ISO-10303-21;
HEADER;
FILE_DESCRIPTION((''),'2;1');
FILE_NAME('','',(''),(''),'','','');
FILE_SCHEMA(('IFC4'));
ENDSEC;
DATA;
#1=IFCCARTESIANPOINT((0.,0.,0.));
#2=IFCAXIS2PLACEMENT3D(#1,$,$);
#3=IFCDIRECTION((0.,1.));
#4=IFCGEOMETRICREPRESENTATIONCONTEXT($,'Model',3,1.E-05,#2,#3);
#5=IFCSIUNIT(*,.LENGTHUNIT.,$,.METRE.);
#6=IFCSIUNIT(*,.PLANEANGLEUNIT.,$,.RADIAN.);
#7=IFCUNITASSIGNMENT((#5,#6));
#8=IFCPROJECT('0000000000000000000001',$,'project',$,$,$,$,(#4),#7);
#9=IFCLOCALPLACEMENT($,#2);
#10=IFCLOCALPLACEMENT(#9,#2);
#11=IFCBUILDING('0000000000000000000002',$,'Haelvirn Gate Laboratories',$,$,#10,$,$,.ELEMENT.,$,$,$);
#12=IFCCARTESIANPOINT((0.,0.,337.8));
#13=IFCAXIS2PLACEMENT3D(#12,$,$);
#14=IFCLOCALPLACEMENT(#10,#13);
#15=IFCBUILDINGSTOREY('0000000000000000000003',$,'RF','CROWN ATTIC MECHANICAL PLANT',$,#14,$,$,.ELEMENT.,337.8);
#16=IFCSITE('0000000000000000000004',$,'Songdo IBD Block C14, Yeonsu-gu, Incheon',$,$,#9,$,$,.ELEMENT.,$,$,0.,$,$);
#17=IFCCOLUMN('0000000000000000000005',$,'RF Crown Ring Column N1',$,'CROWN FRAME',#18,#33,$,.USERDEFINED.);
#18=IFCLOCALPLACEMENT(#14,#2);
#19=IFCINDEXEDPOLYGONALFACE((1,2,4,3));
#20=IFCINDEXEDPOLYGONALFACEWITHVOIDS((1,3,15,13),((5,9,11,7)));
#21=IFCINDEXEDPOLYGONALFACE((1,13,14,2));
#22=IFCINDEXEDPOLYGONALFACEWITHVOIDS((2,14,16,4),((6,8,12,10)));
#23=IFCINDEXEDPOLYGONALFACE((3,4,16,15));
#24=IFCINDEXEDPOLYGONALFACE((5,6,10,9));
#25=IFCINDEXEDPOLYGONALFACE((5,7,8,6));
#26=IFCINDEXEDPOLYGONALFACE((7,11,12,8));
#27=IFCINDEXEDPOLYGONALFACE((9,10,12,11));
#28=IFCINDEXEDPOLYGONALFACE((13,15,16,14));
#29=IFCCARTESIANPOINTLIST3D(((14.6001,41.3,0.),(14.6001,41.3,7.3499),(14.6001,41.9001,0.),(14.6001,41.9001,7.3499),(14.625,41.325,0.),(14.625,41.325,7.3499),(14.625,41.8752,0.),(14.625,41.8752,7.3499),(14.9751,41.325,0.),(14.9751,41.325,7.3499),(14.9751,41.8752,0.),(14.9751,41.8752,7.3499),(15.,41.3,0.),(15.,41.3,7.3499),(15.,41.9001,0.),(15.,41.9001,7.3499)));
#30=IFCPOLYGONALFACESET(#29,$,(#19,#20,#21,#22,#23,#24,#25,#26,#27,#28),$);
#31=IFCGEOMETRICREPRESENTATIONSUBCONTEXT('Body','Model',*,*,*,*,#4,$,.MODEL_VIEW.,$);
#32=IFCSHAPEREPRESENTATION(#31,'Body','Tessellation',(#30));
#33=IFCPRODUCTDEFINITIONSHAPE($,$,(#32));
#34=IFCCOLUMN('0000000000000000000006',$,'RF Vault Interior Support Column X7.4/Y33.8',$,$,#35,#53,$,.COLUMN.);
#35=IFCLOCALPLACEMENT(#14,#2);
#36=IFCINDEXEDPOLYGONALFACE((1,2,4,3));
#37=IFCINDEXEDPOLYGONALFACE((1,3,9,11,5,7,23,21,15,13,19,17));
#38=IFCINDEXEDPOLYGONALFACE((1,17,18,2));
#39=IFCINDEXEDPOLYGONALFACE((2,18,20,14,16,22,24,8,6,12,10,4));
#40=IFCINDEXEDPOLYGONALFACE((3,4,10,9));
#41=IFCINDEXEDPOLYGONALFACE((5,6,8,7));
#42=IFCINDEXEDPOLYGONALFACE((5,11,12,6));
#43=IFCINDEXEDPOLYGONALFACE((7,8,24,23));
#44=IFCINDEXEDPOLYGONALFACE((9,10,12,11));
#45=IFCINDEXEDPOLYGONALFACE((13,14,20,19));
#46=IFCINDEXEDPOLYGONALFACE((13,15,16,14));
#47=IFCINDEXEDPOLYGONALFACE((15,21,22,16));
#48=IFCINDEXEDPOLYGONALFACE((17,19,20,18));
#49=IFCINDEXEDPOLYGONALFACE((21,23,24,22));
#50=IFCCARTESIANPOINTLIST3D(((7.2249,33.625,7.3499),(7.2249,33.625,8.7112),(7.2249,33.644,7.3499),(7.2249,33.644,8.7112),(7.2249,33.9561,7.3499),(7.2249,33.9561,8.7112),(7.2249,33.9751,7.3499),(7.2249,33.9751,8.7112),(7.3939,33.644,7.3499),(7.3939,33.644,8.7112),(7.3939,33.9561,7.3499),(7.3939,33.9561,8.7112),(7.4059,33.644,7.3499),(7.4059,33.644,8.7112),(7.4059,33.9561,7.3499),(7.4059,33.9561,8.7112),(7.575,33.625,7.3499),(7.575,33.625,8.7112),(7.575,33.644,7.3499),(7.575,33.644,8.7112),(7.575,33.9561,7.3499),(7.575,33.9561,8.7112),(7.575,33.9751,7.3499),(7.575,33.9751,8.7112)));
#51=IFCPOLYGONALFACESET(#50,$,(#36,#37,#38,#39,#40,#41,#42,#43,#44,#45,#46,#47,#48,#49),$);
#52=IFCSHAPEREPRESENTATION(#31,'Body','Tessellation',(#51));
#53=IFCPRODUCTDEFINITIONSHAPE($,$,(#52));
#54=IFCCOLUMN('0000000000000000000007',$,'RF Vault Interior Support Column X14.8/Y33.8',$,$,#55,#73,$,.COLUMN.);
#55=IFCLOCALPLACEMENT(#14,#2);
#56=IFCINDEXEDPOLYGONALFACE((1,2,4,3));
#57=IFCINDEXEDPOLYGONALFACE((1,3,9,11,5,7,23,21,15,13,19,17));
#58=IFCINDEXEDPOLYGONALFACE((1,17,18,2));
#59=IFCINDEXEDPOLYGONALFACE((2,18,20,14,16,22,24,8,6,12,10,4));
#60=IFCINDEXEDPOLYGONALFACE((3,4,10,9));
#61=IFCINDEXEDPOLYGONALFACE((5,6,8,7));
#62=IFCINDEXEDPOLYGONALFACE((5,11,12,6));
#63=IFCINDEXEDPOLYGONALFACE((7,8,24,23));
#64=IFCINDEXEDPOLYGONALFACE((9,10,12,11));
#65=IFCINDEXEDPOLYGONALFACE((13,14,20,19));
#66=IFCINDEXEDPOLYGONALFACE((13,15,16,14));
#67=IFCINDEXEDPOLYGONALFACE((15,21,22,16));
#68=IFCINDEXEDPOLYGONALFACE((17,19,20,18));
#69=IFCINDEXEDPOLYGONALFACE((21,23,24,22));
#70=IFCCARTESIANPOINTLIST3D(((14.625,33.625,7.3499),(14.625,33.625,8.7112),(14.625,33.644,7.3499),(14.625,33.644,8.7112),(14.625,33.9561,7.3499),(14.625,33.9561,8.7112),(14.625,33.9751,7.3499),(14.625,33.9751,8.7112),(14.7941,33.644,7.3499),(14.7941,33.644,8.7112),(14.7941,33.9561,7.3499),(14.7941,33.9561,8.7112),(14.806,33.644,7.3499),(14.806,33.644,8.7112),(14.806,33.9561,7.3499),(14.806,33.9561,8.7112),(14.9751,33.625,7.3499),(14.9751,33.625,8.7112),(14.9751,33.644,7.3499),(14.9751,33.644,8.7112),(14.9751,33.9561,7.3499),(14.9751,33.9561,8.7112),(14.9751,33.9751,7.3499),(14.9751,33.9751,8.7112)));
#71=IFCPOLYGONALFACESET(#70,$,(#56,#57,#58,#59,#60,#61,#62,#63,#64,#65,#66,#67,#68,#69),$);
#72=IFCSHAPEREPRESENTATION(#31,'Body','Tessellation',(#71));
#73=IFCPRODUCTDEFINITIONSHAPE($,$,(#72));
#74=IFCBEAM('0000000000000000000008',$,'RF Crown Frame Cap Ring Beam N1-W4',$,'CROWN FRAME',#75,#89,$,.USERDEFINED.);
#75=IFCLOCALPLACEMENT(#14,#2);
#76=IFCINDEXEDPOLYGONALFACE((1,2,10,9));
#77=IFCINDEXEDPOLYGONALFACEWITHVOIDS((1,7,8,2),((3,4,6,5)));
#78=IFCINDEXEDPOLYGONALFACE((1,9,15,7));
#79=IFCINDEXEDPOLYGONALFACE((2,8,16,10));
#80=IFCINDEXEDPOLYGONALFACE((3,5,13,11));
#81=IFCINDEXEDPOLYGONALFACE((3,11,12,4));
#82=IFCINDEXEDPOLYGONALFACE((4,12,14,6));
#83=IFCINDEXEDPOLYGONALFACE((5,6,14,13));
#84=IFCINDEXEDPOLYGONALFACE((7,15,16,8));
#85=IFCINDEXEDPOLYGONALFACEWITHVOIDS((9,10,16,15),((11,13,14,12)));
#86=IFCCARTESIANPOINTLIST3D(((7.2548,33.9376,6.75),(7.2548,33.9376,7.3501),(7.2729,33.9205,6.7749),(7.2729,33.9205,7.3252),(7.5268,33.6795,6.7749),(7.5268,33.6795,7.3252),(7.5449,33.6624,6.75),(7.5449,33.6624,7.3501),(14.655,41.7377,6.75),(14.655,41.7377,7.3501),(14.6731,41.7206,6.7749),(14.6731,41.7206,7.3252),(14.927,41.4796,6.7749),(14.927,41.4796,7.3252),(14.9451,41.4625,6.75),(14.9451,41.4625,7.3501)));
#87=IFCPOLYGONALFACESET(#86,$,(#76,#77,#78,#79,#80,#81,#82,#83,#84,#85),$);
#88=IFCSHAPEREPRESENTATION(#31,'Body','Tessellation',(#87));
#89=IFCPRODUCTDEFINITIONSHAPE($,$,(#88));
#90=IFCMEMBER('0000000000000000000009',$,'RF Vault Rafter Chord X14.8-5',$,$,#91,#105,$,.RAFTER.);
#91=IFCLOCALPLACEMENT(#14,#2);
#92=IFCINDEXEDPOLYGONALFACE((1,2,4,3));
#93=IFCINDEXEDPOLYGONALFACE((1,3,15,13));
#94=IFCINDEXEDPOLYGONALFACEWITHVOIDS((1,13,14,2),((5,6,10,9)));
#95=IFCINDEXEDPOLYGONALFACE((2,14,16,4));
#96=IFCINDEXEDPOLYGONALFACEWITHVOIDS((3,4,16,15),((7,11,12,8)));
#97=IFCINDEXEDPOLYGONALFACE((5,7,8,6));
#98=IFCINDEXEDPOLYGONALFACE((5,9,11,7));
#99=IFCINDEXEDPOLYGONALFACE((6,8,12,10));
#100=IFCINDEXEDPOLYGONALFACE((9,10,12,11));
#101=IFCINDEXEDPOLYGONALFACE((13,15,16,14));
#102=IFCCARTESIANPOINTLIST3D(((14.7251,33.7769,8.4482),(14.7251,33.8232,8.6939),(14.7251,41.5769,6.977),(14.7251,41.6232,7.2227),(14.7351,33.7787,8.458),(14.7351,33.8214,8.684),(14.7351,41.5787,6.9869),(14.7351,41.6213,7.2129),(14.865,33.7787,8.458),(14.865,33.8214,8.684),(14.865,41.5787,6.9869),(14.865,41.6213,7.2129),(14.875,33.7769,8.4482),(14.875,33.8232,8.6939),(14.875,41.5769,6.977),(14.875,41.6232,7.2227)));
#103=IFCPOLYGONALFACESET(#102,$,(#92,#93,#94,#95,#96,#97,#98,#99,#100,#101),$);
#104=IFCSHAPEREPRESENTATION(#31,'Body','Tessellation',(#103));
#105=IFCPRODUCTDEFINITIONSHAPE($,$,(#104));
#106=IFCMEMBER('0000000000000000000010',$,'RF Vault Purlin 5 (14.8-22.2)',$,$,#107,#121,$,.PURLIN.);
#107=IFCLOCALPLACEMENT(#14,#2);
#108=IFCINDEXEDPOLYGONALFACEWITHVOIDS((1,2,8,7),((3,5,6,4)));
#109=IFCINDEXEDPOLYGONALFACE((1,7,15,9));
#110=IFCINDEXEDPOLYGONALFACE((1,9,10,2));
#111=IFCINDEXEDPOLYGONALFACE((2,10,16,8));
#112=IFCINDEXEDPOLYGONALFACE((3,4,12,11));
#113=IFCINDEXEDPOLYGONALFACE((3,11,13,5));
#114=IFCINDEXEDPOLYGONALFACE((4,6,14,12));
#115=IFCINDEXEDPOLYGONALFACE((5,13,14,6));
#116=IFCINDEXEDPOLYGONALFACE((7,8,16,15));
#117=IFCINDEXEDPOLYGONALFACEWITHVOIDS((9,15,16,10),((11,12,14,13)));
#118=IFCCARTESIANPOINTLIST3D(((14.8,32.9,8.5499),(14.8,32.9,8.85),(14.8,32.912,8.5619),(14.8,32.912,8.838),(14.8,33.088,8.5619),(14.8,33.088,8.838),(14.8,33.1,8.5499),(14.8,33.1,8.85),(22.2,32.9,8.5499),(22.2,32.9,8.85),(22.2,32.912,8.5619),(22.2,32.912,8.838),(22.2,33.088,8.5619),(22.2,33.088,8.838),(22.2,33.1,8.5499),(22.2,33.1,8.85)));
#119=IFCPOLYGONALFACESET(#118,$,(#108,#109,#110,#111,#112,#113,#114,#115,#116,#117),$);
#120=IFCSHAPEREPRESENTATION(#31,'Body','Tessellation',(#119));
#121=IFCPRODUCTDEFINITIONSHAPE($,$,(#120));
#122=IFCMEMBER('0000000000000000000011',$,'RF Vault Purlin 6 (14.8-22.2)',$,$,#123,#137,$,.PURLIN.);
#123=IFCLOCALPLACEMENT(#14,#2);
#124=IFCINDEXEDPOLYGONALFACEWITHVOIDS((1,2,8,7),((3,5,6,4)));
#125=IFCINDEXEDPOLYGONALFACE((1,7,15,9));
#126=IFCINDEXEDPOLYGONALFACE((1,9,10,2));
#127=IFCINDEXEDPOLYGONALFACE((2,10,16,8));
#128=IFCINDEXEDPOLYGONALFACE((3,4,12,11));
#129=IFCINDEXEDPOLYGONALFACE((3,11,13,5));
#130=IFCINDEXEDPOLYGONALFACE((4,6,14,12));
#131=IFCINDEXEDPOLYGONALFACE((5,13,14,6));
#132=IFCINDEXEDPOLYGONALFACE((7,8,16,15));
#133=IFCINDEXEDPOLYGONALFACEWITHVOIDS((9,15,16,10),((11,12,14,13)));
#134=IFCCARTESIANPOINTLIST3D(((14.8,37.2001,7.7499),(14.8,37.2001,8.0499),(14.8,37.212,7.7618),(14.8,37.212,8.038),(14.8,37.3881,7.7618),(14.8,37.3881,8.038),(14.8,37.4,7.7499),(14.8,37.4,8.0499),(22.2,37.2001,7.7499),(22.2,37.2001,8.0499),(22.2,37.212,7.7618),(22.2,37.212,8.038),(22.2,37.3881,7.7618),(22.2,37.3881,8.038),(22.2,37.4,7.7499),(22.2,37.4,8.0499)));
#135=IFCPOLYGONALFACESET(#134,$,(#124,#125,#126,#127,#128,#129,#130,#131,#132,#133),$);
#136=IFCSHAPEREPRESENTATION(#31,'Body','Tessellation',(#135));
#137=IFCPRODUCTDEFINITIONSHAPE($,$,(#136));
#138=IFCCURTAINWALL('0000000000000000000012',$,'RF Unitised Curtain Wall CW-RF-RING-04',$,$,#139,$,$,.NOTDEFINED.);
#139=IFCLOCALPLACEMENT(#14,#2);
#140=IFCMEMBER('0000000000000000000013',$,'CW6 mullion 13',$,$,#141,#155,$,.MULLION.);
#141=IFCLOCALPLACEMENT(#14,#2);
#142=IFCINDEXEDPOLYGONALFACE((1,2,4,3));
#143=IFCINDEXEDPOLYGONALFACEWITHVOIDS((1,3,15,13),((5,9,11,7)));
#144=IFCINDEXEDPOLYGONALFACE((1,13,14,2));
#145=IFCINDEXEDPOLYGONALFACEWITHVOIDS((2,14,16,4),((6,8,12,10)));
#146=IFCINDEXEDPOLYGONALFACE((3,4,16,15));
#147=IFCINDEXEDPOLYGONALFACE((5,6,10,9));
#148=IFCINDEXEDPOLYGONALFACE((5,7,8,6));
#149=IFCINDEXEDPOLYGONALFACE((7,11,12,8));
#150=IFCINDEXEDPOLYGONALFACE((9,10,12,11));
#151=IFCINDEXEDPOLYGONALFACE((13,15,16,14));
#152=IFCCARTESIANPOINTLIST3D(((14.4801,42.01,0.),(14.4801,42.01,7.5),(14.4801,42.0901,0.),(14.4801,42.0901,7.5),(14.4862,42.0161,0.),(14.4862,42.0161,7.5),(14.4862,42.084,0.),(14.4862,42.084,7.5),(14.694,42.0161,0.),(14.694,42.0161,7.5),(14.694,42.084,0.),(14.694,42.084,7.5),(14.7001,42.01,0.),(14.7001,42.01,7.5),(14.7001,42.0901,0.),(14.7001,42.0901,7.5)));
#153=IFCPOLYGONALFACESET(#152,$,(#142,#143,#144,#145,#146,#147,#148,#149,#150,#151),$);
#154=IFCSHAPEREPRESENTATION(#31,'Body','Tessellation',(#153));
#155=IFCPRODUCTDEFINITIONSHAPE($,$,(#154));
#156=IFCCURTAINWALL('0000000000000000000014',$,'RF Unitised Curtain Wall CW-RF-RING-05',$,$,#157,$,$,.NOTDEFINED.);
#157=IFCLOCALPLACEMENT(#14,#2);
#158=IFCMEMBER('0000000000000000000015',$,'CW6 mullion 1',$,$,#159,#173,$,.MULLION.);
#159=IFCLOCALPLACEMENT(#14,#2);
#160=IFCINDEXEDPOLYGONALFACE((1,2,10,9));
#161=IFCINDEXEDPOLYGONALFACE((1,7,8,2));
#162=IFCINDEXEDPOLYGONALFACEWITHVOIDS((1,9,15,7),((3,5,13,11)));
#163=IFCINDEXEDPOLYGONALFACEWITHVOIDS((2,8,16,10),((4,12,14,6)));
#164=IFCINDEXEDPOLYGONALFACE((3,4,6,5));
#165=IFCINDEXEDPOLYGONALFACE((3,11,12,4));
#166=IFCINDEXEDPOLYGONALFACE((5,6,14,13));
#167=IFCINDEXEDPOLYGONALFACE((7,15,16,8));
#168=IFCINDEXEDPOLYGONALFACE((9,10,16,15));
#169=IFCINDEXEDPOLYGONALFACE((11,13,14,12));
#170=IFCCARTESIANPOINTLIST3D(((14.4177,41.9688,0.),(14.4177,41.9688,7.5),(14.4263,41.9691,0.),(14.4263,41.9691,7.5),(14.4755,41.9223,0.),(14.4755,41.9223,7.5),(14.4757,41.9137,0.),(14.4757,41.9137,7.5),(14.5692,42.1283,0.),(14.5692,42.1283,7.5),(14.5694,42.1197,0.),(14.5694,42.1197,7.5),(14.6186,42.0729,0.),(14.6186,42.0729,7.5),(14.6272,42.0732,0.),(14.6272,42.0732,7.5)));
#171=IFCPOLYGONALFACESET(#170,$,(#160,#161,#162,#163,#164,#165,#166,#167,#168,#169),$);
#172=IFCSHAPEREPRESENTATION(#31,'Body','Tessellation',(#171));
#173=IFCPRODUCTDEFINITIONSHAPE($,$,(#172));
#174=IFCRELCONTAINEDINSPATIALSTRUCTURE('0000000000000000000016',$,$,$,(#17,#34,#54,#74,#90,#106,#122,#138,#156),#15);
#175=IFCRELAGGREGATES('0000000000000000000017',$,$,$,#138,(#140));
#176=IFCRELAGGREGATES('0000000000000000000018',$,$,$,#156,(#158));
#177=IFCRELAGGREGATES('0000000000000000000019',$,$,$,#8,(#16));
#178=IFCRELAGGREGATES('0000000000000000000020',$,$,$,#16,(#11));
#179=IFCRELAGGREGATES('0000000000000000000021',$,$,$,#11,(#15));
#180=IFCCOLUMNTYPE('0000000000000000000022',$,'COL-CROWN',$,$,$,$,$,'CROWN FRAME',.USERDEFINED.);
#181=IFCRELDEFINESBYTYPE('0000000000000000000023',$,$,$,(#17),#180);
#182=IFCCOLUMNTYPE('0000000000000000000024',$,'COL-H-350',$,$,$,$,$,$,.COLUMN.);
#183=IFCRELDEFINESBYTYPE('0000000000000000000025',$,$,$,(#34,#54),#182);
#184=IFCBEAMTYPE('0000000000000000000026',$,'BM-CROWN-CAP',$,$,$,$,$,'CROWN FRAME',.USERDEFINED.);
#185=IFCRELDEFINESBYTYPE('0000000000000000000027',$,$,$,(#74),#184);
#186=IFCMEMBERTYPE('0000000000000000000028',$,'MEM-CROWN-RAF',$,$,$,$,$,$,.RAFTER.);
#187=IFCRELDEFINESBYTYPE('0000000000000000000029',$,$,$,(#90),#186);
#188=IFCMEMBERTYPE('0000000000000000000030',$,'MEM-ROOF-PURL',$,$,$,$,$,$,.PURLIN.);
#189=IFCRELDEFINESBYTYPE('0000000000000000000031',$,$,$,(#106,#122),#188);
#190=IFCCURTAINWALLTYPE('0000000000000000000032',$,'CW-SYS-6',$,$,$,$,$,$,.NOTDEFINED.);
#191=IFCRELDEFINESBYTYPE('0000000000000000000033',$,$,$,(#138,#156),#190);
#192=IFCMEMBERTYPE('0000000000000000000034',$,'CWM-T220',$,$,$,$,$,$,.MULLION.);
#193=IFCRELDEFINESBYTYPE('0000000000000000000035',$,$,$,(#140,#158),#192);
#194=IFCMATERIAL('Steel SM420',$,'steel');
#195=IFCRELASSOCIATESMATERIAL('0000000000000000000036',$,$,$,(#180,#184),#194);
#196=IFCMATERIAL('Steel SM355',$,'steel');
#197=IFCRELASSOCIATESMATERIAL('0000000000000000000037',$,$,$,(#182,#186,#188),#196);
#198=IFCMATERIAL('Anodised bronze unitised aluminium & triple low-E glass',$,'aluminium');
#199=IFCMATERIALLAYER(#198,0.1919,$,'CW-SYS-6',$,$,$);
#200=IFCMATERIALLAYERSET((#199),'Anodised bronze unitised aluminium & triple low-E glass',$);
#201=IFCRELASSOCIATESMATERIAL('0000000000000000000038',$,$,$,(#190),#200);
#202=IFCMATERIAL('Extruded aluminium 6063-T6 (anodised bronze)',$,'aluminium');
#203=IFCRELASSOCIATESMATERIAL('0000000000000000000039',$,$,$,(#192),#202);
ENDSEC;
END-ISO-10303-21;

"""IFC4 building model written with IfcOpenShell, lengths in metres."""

from ifc_helpers import new_model, si_unit, direction, frame, origin, origin_2d, place, context, subcontext, project, spatial, hollow_rectangle, i_section, extrude, source, transform, mapped, material, layer, layer_set, material_profile, profile_set, type_object, type_shapes, element, aggregate, save


model = new_model("IFC4")

# Units and contexts
model_context = context("Model", 3, precision=1e-05, world=origin(), true_north=direction((0.0, 1.0)))
body_context = subcontext(model_context, "Body", "Model", "MODEL_VIEW")
ifc_project = project(units=[si_unit("LENGTHUNIT", "METRE"), si_unit("PLANEANGLEUNIT", "RADIAN")], contexts=[model_context])

# Site, building, storey
site_placement = place(None, origin())
site = spatial("IfcSite", under=ifc_project, at=site_placement, Name="Songdo IBD Block C14, Yeonsu-gu, Incheon", CompositionType="ELEMENT", RefElevation=0.0)
building_placement = place(site_placement, origin())
building = spatial("IfcBuilding", under=site, at=building_placement, Name="Haelvirn Gate Laboratories", CompositionType="ELEMENT")
storey_placement = place(building_placement, frame((0.0, 0.0, 337.8)))
storey = spatial("IfcBuildingStorey", under=building, at=storey_placement, Name="RF", Description="CROWN ATTIC MECHANICAL PLANT", CompositionType="ELEMENT", Elevation=337.8)

# Columns
ifc_material_1 = material(Name="Steel SM420", Category="steel")
ifc_material_profile_1 = material_profile(ifc_material_1, hollow_rectangle(XDim=0.3999, YDim=0.6001, WallThickness=0.0249, at=origin_2d()), Name="BOX-600x400x25")
ifc_profile_set_1 = profile_set([ifc_material_profile_1], Name="Steel SM420")
column_type_1 = type_object("IfcColumnType", Name="COL-CROWN", ElementType="CROWN FRAME", PredefinedType="USERDEFINED", material=ifc_profile_set_1)
shared_shape_1 = source(origin(), body_context, "Body", "SweptSolid", [
    extrude(hollow_rectangle(XDim=0.3999, YDim=0.6001, WallThickness=0.0249, at=origin_2d()), origin(), (0.0, 0.0, 1.0), 7.3499),
])
type_shapes(column_type_1, [shared_shape_1])
column_placement = place(storey_placement, frame((14.8, 41.6001, 0.0), z_axis=(0.0, 0.0, 1.0), x_axis=(1.0, 0.0, 0.0)))
element("IfcColumn", 1, at=column_placement, inside=storey, type_object=column_type_1, Name="RF Crown Ring Column N1", ObjectType="CROWN FRAME", PredefinedType="USERDEFINED", context=body_context, shape_type="MappedRepresentation", body=[
    mapped(shared_shape_1, transform((0.0, 0.0, 0.0), scale=1.0)),
])
ifc_material_2 = material(Name="Steel SM355", Category="steel")
ifc_material_profile_2 = material_profile(ifc_material_2, i_section(OverallWidth=0.3501, OverallDepth=0.3501, WebThickness=0.012, FlangeThickness=0.019, at=origin_2d()), Name="H-350x350x12x19")
ifc_profile_set_2 = profile_set([ifc_material_profile_2], Name="Steel SM355")
column_type_2 = type_object("IfcColumnType", Name="COL-H-350", PredefinedType="COLUMN", material=ifc_profile_set_2)
shared_shape_2 = source(origin(), body_context, "Body", "SweptSolid", [
    extrude(i_section(OverallWidth=0.3501, OverallDepth=0.3501, WebThickness=0.012, FlangeThickness=0.019, at=origin_2d()), origin(), (0.0, 0.0, 1.0), 1.3613),
])
type_shapes(column_type_2, [shared_shape_2])
for number, where, z_axis, x_axis, name in (
    (2, (7.3999, 33.8, 7.3499), (0.0, 0.0, 1.0), (1.0, 0.0, 0.0), "RF Vault Interior Support Column X7.4/Y33.8"),
    (3, (14.8, 33.8, 7.3499), (0.0, 0.0, 1.0), (1.0, 0.0, 0.0), "RF Vault Interior Support Column X14.8/Y33.8"),
):
    element("IfcColumn", number, at=place(storey_placement, frame(where, z_axis=z_axis, x_axis=x_axis)), inside=storey, type_object=column_type_2, Name=name, PredefinedType="COLUMN", context=body_context, shape_type="MappedRepresentation", body=[
        mapped(shared_shape_2, transform((0.0, 0.0, 0.0), scale=1.0)),
    ])

# Beam
ifc_material_profile_3 = material_profile(ifc_material_1, hollow_rectangle(XDim=0.3999, YDim=0.6001, WallThickness=0.0249, at=origin_2d()), Name="BOX-600x400x25")
ifc_profile_set_3 = profile_set([ifc_material_profile_3], Name="Steel SM420")
beam_type = type_object("IfcBeamType", Name="BM-CROWN-CAP", ElementType="CROWN FRAME", PredefinedType="USERDEFINED", material=ifc_profile_set_3)
shared_shape_3 = source(origin(), body_context, "Body", "SweptSolid", [
    extrude(hollow_rectangle(XDim=0.3999, YDim=0.6001, WallThickness=0.0249, at=origin_2d()), origin(), (0.0, 0.0, 1.0), 10.752),
])
type_shapes(beam_type, [shared_shape_3])
beam_placement = place(storey_placement, frame((14.8, 41.6001, 7.05), z_axis=(-0.688265, -0.725459, 0.0), x_axis=(0.725459, -0.688265, 0.0)))
element("IfcBeam", 4, at=beam_placement, inside=storey, type_object=beam_type, Name="RF Crown Frame Cap Ring Beam N1-W4", ObjectType="CROWN FRAME", PredefinedType="USERDEFINED", context=body_context, shape_type="MappedRepresentation", body=[
    mapped(shared_shape_3, transform((0.0, 0.0, 0.0), scale=1.0)),
])

# Members
ifc_material_profile_4 = material_profile(ifc_material_2, hollow_rectangle(XDim=0.1499, YDim=0.25, WallThickness=0.01, at=origin_2d()), Name="RHS-250x150x10")
ifc_profile_set_4 = profile_set([ifc_material_profile_4], Name="Steel SM355")
member_type_1 = type_object("IfcMemberType", Name="MEM-CROWN-RAF", PredefinedType="RAFTER", material=ifc_profile_set_4)
shared_shape_4 = source(origin(), body_context, "Body", "SweptSolid", [
    extrude(hollow_rectangle(XDim=0.1499, YDim=0.25, WallThickness=0.01, at=origin_2d()), origin(), (0.0, 0.0, 1.0), 7.9375),
])
type_shapes(member_type_1, [shared_shape_4])
member_1_placement = place(storey_placement, frame((14.8, 33.8, 8.571), z_axis=(0.0, 0.982673, -0.185345), x_axis=(-1.0, 0.0, 0.0)))
element("IfcMember", 5, at=member_1_placement, inside=storey, type_object=member_type_1, Name="RF Vault Rafter Chord X14.8-5", PredefinedType="RAFTER", context=body_context, shape_type="MappedRepresentation", body=[
    mapped(shared_shape_4, transform((0.0, 0.0, 0.0), scale=1.0)),
])
ifc_material_profile_5 = material_profile(ifc_material_2, hollow_rectangle(XDim=0.2, YDim=0.3, WallThickness=0.012, at=origin_2d()), Name="RHS-300x200x12")
ifc_profile_set_5 = profile_set([ifc_material_profile_5], Name="Steel SM355")
member_type_2 = type_object("IfcMemberType", Name="MEM-ROOF-PURL", PredefinedType="PURLIN", material=ifc_profile_set_5)
shared_shape_5 = source(origin(), body_context, "Body", "SweptSolid", [
    extrude(hollow_rectangle(XDim=0.2, YDim=0.3, WallThickness=0.012, at=origin_2d()), origin(), (0.0, 0.0, 1.0), 7.3999),
])
type_shapes(member_type_2, [shared_shape_5])
for number, where, z_axis, x_axis, name in (
    (6, (14.8, 33.0, 8.7), (1.0, 0.0, 0.0), (0.0, 1.0, 0.0), "RF Vault Purlin 5 (14.8-22.2)"),
    (7, (14.8, 37.3, 7.8999), (1.0, 0.0, 0.0), (0.0, 1.0, 0.0), "RF Vault Purlin 6 (14.8-22.2)"),
):
    element("IfcMember", number, at=place(storey_placement, frame(where, z_axis=z_axis, x_axis=x_axis)), inside=storey, type_object=member_type_2, Name=name, PredefinedType="PURLIN", context=body_context, shape_type="MappedRepresentation", body=[
        mapped(shared_shape_5, transform((0.0, 0.0, 0.0), scale=1.0)),
    ])

# Curtain wall, member
ifc_material_3 = material(Name="Anodised bronze unitised aluminium & triple low-E glass", Category="aluminium")
ifc_layer_1 = layer(ifc_material_3, 0.1919, Name="CW-SYS-6")
ifc_layer_set_1 = layer_set([ifc_layer_1], Name="Anodised bronze unitised aluminium & triple low-E glass")
curtain_wall_type = type_object("IfcCurtainWallType", Name="CW-SYS-6", PredefinedType="NOTDEFINED", material=ifc_layer_set_1)
curtain_wall_1_placement = place(storey_placement, origin())
curtain_wall_1 = element("IfcCurtainWall", 8, at=curtain_wall_1_placement, inside=storey, type_object=curtain_wall_type, Name="RF Unitised Curtain Wall CW-RF-RING-04", PredefinedType="NOTDEFINED")
ifc_material_4 = material(Name="Extruded aluminium 6063-T6 (anodised bronze)", Category="aluminium")
ifc_material_profile_6 = material_profile(ifc_material_4, hollow_rectangle(XDim=0.0801, YDim=0.22, WallThickness=0.0061, at=origin_2d()), Name="CWM-220x80x6")
ifc_profile_set_6 = profile_set([ifc_material_profile_6], Name="Extruded aluminium 6063-T6 (anodised bronze)")
member_type_3 = type_object("IfcMemberType", Name="CWM-T220", PredefinedType="MULLION", material=ifc_profile_set_6)
shared_shape_6 = source(origin(), body_context, "Body", "SweptSolid", [
    extrude(hollow_rectangle(XDim=0.0801, YDim=0.22, WallThickness=0.0061, at=origin_2d()), origin(), (0.0, 0.0, 1.0), 7.5),
])
type_shapes(member_type_3, [shared_shape_6])
member_2_placement = place(storey_placement, frame((14.5901, 42.05, 0.0), z_axis=(0.0, 0.0, 1.0), x_axis=(0.0, -1.0, 0.0)))
member_2 = element("IfcMember", 9, at=member_2_placement, type_object=member_type_3, Name="CW6 mullion 13", PredefinedType="MULLION", context=body_context, shape_type="MappedRepresentation", body=[
    mapped(shared_shape_6, transform((0.0, 0.0, 0.0), scale=1.0)),
])
aggregate(curtain_wall_1, [member_2])

# Curtain wall, member
curtain_wall_2_placement = place(storey_placement, origin())
curtain_wall_2 = element("IfcCurtainWall", 10, at=curtain_wall_2_placement, inside=storey, type_object=curtain_wall_type, Name="RF Unitised Curtain Wall CW-RF-RING-05", PredefinedType="NOTDEFINED")
member_3_placement = place(storey_placement, frame((14.5225, 42.021, 0.0), z_axis=(0.0, 0.0, 1.0), x_axis=(0.724999, -0.688749, 0.0)))
member_3 = element("IfcMember", 11, at=member_3_placement, type_object=member_type_3, Name="CW6 mullion 1", PredefinedType="MULLION", context=body_context, shape_type="MappedRepresentation", body=[
    mapped(shared_shape_6, transform((0.0, 0.0, 0.0), scale=1.0)),
])

aggregate(curtain_wall_2, [member_3])

save(model, "model.ifc")
